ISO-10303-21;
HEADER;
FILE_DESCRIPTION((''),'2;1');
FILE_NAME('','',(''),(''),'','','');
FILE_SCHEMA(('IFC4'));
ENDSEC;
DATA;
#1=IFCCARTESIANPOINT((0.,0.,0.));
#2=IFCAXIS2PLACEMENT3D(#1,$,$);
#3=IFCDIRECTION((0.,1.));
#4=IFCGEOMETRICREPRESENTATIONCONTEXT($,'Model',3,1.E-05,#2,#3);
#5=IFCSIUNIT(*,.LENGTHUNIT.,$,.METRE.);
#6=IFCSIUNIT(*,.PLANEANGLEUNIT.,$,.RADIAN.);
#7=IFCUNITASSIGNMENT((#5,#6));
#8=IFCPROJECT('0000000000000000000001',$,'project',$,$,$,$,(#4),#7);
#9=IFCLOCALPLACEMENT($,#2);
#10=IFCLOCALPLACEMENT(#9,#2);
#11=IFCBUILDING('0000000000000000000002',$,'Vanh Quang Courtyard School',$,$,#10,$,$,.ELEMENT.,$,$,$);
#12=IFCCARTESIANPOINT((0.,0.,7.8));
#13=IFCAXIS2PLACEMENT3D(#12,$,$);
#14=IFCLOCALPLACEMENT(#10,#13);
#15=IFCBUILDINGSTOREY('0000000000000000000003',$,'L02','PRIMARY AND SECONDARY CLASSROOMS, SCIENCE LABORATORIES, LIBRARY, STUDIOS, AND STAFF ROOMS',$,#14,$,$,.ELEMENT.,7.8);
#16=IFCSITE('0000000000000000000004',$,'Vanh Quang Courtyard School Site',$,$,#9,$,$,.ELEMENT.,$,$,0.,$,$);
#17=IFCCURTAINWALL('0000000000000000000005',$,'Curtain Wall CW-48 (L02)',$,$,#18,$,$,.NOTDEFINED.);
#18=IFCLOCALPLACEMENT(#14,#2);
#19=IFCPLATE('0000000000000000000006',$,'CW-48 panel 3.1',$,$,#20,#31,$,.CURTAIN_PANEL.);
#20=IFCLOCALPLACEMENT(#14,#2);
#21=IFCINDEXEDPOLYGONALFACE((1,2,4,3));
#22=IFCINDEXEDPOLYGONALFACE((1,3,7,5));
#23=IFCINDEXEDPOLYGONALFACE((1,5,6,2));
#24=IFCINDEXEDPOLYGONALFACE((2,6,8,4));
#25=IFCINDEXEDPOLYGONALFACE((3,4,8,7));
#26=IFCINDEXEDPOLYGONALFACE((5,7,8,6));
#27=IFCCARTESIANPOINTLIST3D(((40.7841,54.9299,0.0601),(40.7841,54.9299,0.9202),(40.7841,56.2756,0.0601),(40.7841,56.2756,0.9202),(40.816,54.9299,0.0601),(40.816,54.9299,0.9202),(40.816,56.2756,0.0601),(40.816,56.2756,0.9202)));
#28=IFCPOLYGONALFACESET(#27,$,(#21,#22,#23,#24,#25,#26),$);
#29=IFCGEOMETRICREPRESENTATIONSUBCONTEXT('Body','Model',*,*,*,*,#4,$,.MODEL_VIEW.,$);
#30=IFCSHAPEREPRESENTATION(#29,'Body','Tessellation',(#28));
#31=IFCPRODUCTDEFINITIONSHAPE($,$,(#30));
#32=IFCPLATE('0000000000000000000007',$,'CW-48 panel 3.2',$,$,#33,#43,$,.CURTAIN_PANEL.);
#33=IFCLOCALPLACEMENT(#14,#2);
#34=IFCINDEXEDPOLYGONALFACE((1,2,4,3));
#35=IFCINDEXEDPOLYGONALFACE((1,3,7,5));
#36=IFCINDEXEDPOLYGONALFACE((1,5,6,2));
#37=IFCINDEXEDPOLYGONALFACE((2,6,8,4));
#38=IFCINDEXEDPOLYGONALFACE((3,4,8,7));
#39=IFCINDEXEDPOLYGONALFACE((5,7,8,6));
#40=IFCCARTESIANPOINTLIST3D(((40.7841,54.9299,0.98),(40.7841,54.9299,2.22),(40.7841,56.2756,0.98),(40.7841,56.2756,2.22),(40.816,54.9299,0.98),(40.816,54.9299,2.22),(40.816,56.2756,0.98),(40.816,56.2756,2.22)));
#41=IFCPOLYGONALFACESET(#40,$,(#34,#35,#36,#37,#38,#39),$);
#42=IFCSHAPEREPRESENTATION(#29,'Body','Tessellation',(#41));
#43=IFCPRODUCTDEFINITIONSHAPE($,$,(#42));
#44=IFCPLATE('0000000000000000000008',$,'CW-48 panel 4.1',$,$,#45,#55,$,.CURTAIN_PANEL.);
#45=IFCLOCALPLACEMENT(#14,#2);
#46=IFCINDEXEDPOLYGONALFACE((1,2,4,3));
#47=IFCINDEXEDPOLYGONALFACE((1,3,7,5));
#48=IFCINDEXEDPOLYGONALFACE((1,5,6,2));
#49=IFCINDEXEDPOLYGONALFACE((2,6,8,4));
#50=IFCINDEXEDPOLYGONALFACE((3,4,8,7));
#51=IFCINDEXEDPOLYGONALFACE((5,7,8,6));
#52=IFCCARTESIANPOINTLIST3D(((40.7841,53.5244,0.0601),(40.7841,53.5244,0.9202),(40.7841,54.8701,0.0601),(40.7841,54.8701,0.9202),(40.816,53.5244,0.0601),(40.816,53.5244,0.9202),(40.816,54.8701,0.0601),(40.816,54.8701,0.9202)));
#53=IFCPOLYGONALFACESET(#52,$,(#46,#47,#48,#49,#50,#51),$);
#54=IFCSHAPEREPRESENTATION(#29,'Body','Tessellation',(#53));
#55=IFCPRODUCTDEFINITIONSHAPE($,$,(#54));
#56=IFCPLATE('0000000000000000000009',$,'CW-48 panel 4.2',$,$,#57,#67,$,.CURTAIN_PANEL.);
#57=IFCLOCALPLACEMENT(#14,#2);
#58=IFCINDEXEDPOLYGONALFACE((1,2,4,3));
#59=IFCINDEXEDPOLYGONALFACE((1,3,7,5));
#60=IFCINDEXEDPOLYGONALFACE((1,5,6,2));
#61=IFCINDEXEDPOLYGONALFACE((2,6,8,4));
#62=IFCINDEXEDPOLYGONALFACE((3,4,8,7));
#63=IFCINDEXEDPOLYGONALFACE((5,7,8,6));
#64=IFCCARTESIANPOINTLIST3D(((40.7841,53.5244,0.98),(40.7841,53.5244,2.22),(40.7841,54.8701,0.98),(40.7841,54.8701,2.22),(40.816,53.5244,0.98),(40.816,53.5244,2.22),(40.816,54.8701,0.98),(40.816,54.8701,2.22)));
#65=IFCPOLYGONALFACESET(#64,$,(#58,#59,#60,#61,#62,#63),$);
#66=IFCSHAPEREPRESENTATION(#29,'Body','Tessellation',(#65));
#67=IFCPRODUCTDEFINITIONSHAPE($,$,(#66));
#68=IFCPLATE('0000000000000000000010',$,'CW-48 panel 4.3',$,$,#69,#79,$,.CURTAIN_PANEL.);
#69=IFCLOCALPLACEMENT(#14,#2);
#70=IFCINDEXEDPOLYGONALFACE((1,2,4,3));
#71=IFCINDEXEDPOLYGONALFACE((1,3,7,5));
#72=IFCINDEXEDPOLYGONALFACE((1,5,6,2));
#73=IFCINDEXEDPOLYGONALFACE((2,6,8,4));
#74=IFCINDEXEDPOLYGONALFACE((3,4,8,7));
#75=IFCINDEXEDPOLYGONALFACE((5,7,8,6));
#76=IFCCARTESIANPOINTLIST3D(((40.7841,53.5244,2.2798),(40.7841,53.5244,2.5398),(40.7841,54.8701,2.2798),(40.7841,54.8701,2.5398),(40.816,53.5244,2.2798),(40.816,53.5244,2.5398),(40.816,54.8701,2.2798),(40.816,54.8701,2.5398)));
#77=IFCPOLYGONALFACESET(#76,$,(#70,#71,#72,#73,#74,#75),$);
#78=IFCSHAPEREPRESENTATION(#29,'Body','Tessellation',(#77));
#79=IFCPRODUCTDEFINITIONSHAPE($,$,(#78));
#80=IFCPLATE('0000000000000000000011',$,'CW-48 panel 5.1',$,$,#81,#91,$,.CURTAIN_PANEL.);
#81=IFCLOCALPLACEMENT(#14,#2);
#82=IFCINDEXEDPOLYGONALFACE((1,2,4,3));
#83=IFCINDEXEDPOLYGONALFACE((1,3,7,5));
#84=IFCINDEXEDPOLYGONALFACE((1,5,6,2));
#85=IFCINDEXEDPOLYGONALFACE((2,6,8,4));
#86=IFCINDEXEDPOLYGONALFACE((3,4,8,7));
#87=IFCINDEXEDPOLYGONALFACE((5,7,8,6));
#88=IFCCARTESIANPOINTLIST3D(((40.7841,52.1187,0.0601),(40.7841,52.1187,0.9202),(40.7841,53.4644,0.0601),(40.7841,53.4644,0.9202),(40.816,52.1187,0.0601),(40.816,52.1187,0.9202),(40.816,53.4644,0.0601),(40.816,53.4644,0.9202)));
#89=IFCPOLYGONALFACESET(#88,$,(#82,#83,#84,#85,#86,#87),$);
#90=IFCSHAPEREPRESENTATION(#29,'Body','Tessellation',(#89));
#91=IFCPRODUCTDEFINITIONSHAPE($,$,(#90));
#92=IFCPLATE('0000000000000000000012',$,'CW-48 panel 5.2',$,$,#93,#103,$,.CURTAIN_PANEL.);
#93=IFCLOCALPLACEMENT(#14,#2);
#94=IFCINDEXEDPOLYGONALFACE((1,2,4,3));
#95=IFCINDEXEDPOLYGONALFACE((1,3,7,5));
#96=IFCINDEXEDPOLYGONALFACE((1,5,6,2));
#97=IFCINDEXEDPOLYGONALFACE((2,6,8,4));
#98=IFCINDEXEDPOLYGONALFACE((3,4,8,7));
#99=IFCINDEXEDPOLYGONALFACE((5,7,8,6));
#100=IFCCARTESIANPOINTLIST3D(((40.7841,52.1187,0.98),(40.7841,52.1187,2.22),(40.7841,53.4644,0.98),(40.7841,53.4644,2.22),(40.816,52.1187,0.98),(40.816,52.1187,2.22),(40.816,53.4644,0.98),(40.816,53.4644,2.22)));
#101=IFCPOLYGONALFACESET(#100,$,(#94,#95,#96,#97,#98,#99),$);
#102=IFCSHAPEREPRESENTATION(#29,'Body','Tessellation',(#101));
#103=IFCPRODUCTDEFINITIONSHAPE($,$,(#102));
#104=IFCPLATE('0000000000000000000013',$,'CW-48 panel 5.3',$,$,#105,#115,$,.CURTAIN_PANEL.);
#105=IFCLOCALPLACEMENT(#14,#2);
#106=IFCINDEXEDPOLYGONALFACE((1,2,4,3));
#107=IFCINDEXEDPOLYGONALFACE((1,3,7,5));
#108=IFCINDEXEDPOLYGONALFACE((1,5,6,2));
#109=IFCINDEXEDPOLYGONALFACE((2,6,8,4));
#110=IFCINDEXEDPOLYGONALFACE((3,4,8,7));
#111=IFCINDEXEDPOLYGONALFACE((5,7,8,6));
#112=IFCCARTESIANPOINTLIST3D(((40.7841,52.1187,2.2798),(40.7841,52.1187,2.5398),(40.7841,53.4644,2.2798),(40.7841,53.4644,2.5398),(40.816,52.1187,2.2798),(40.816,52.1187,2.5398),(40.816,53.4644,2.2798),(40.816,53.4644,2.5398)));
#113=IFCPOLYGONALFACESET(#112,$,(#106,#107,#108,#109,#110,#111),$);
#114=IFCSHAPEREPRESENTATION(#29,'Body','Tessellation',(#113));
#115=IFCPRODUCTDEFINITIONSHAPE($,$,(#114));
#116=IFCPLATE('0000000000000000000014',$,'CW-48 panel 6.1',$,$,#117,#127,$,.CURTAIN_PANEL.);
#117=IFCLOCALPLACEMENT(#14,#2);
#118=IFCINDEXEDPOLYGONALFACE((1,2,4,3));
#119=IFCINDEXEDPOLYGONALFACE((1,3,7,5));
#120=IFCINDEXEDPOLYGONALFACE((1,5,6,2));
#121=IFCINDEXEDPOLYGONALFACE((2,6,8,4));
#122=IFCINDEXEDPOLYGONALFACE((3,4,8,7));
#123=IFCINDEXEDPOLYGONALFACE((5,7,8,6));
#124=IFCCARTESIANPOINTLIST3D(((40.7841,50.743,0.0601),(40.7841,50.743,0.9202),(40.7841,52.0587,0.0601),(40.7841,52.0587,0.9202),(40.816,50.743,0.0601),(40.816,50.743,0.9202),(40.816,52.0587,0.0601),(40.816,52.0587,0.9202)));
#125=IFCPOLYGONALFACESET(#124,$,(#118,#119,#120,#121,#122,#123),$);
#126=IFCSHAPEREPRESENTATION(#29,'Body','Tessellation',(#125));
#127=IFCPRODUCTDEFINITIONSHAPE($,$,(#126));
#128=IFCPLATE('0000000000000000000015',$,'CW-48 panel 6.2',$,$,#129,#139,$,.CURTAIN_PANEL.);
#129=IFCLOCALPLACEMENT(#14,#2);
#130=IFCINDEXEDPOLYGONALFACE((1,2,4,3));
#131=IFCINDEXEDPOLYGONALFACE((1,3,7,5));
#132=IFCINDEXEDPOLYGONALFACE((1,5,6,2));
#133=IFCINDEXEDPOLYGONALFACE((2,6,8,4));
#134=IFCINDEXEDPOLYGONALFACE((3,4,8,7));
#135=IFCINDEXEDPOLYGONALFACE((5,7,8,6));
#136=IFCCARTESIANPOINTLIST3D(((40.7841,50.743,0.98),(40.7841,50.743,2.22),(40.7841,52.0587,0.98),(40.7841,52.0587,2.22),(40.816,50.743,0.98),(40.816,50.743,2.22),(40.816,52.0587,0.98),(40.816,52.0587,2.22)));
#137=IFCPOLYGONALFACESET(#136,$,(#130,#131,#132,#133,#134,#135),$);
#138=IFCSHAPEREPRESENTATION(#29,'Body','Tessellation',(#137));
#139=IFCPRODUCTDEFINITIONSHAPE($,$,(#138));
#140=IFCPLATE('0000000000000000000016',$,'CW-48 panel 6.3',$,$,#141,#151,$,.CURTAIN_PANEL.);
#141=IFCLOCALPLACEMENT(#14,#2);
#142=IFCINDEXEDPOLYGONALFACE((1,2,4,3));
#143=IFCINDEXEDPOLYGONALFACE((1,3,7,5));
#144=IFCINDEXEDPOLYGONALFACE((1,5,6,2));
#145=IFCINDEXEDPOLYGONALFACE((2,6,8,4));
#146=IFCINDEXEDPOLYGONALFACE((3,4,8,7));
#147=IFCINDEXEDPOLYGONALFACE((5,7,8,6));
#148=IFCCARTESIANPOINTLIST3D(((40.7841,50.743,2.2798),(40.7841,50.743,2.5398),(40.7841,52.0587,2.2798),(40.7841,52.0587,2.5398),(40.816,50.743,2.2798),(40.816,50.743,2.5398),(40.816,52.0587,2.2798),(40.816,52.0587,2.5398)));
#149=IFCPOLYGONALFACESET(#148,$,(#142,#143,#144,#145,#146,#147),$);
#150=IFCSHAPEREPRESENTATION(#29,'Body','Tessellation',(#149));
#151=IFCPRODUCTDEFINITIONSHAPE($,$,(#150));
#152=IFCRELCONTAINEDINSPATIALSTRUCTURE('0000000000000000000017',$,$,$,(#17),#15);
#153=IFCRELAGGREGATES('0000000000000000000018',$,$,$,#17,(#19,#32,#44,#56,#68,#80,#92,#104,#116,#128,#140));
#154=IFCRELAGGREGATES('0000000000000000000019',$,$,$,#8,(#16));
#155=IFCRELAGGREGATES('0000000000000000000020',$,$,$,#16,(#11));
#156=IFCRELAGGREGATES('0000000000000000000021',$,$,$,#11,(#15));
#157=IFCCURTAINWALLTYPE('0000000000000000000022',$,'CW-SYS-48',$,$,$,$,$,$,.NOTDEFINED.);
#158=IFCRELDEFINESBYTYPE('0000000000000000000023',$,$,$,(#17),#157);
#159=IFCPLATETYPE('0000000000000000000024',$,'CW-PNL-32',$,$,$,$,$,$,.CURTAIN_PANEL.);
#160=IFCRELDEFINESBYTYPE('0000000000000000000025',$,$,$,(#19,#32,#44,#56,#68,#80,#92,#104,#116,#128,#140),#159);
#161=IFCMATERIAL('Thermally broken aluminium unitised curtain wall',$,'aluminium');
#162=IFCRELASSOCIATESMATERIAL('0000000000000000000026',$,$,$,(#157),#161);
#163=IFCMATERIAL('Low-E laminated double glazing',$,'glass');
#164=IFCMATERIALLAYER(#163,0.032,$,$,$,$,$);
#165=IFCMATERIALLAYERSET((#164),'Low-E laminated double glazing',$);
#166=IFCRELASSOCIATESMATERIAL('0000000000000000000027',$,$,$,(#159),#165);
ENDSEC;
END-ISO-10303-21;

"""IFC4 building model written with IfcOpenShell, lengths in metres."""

from ifc_helpers import new_model, si_unit, direction, frame, origin, origin_2d, place, context, subcontext, project, spatial, rectangle, extrude, material, layer, layer_set, type_object, element, aggregate, save


model = new_model("IFC4")

# Units and contexts
model_context = context("Model", 3, precision=1e-05, world=origin(), true_north=direction((0.0, 1.0)))
body_context = subcontext(model_context, "Body", "Model", "MODEL_VIEW")
ifc_project = project(units=[si_unit("LENGTHUNIT", "METRE"), si_unit("PLANEANGLEUNIT", "RADIAN")], contexts=[model_context])

# Site, building, storey
site_placement = place(None, origin())
site = spatial("IfcSite", under=ifc_project, at=site_placement, Name="Vanh Quang Courtyard School Site", CompositionType="ELEMENT", RefElevation=0.0)
building_placement = place(site_placement, origin())
building = spatial("IfcBuilding", under=site, at=building_placement, Name="Vanh Quang Courtyard School", CompositionType="ELEMENT")
storey_placement = place(building_placement, frame((0.0, 0.0, 7.8)))
storey = spatial("IfcBuildingStorey", under=building, at=storey_placement, Name="L02", Description="PRIMARY AND SECONDARY CLASSROOMS, SCIENCE LABORATORIES, LIBRARY, STUDIOS, AND STAFF ROOMS", CompositionType="ELEMENT", Elevation=7.8)

# Curtain wall, plates
ifc_material_1 = material(Name="Thermally broken aluminium unitised curtain wall", Category="aluminium")
curtain_wall_type = type_object("IfcCurtainWallType", Name="CW-SYS-48", PredefinedType="NOTDEFINED", material=ifc_material_1)
curtain_wall_placement = place(storey_placement, origin())
curtain_wall = element("IfcCurtainWall", 1, at=curtain_wall_placement, inside=storey, type_object=curtain_wall_type, Name="Curtain Wall CW-48 (L02)", PredefinedType="NOTDEFINED")
ifc_material_2 = material(Name="Low-E laminated double glazing", Category="glass")
ifc_layer = layer(ifc_material_2, 0.032)
ifc_layer_set = layer_set([ifc_layer], Name="Low-E laminated double glazing")
plate_type = type_object("IfcPlateType", Name="CW-PNL-32", PredefinedType="CURTAIN_PANEL", material=ifc_layer_set)
plate_1_placement = place(storey_placement, frame((40.8, 55.6028, 0.0601), z_axis=(0.0, 0.0, 1.0), x_axis=(0.0, -1.0, 0.0)))
plate_1 = element("IfcPlate", 2, at=plate_1_placement, type_object=plate_type, Name="CW-48 panel 3.1", PredefinedType="CURTAIN_PANEL", context=body_context, shape_type="SweptSolid", body=[
    extrude(rectangle(XDim=1.3457, YDim=0.032, at=origin_2d()), origin(), (0.0, 0.0, 1.0), 0.8601),
])
plate_2_placement = place(storey_placement, frame((40.8, 55.6028, 0.98), z_axis=(0.0, 0.0, 1.0), x_axis=(0.0, -1.0, 0.0)))
plate_2 = element("IfcPlate", 3, at=plate_2_placement, type_object=plate_type, Name="CW-48 panel 3.2", PredefinedType="CURTAIN_PANEL", context=body_context, shape_type="SweptSolid", body=[
    extrude(rectangle(XDim=1.3457, YDim=0.032, at=origin_2d()), origin(), (0.0, 0.0, 1.0), 1.24),
])
plate_3_placement = place(storey_placement, frame((40.8, 54.1973, 0.0601), z_axis=(0.0, 0.0, 1.0), x_axis=(0.0, -1.0, 0.0)))
plate_3 = element("IfcPlate", 4, at=plate_3_placement, type_object=plate_type, Name="CW-48 panel 4.1", PredefinedType="CURTAIN_PANEL", context=body_context, shape_type="SweptSolid", body=[
    extrude(rectangle(XDim=1.3457, YDim=0.032, at=origin_2d()), origin(), (0.0, 0.0, 1.0), 0.8601),
])
plate_4_placement = place(storey_placement, frame((40.8, 54.1973, 0.98), z_axis=(0.0, 0.0, 1.0), x_axis=(0.0, -1.0, 0.0)))
plate_4 = element("IfcPlate", 5, at=plate_4_placement, type_object=plate_type, Name="CW-48 panel 4.2", PredefinedType="CURTAIN_PANEL", context=body_context, shape_type="SweptSolid", body=[
    extrude(rectangle(XDim=1.3457, YDim=0.032, at=origin_2d()), origin(), (0.0, 0.0, 1.0), 1.24),
])
plate_5_placement = place(storey_placement, frame((40.8, 54.1973, 2.2798), z_axis=(0.0, 0.0, 1.0), x_axis=(0.0, -1.0, 0.0)))
plate_5 = element("IfcPlate", 6, at=plate_5_placement, type_object=plate_type, Name="CW-48 panel 4.3", PredefinedType="CURTAIN_PANEL", context=body_context, shape_type="SweptSolid", body=[
    extrude(rectangle(XDim=1.3457, YDim=0.032, at=origin_2d()), origin(), (0.0, 0.0, 1.0), 0.26),
])
plate_6_placement = place(storey_placement, frame((40.8, 52.7915, 0.0601), z_axis=(0.0, 0.0, 1.0), x_axis=(0.0, -1.0, 0.0)))
plate_6 = element("IfcPlate", 7, at=plate_6_placement, type_object=plate_type, Name="CW-48 panel 5.1", PredefinedType="CURTAIN_PANEL", context=body_context, shape_type="SweptSolid", body=[
    extrude(rectangle(XDim=1.3457, YDim=0.032, at=origin_2d()), origin(), (0.0, 0.0, 1.0), 0.8601),
])
plate_7_placement = place(storey_placement, frame((40.8, 52.7915, 0.98), z_axis=(0.0, 0.0, 1.0), x_axis=(0.0, -1.0, 0.0)))
plate_7 = element("IfcPlate", 8, at=plate_7_placement, type_object=plate_type, Name="CW-48 panel 5.2", PredefinedType="CURTAIN_PANEL", context=body_context, shape_type="SweptSolid", body=[
    extrude(rectangle(XDim=1.3457, YDim=0.032, at=origin_2d()), origin(), (0.0, 0.0, 1.0), 1.24),
])
plate_8_placement = place(storey_placement, frame((40.8, 52.7915, 2.2798), z_axis=(0.0, 0.0, 1.0), x_axis=(0.0, -1.0, 0.0)))
plate_8 = element("IfcPlate", 9, at=plate_8_placement, type_object=plate_type, Name="CW-48 panel 5.3", PredefinedType="CURTAIN_PANEL", context=body_context, shape_type="SweptSolid", body=[
    extrude(rectangle(XDim=1.3457, YDim=0.032, at=origin_2d()), origin(), (0.0, 0.0, 1.0), 0.26),
])
plate_9_placement = place(storey_placement, frame((40.8, 51.4009, 0.0601), z_axis=(0.0, 0.0, 1.0), x_axis=(0.0, -1.0, 0.0)))
plate_9 = element("IfcPlate", 10, at=plate_9_placement, type_object=plate_type, Name="CW-48 panel 6.1", PredefinedType="CURTAIN_PANEL", context=body_context, shape_type="SweptSolid", body=[
    extrude(rectangle(XDim=1.3157, YDim=0.032, at=origin_2d()), origin(), (0.0, 0.0, 1.0), 0.8601),
])
plate_10_placement = place(storey_placement, frame((40.8, 51.4009, 0.98), z_axis=(0.0, 0.0, 1.0), x_axis=(0.0, -1.0, 0.0)))
plate_10 = element("IfcPlate", 11, at=plate_10_placement, type_object=plate_type, Name="CW-48 panel 6.2", PredefinedType="CURTAIN_PANEL", context=body_context, shape_type="SweptSolid", body=[
    extrude(rectangle(XDim=1.3157, YDim=0.032, at=origin_2d()), origin(), (0.0, 0.0, 1.0), 1.24),
])
plate_11_placement = place(storey_placement, frame((40.8, 51.4009, 2.2798), z_axis=(0.0, 0.0, 1.0), x_axis=(0.0, -1.0, 0.0)))
plate_11 = element("IfcPlate", 12, at=plate_11_placement, type_object=plate_type, Name="CW-48 panel 6.3", PredefinedType="CURTAIN_PANEL", context=body_context, shape_type="SweptSolid", body=[
    extrude(rectangle(XDim=1.3157, YDim=0.032, at=origin_2d()), origin(), (0.0, 0.0, 1.0), 0.26),
])
aggregate(curtain_wall, [plate_1, plate_2, plate_3, plate_4, plate_5, plate_6, plate_7, plate_8, plate_9, plate_10, plate_11])

save(model, "model.ifc")
